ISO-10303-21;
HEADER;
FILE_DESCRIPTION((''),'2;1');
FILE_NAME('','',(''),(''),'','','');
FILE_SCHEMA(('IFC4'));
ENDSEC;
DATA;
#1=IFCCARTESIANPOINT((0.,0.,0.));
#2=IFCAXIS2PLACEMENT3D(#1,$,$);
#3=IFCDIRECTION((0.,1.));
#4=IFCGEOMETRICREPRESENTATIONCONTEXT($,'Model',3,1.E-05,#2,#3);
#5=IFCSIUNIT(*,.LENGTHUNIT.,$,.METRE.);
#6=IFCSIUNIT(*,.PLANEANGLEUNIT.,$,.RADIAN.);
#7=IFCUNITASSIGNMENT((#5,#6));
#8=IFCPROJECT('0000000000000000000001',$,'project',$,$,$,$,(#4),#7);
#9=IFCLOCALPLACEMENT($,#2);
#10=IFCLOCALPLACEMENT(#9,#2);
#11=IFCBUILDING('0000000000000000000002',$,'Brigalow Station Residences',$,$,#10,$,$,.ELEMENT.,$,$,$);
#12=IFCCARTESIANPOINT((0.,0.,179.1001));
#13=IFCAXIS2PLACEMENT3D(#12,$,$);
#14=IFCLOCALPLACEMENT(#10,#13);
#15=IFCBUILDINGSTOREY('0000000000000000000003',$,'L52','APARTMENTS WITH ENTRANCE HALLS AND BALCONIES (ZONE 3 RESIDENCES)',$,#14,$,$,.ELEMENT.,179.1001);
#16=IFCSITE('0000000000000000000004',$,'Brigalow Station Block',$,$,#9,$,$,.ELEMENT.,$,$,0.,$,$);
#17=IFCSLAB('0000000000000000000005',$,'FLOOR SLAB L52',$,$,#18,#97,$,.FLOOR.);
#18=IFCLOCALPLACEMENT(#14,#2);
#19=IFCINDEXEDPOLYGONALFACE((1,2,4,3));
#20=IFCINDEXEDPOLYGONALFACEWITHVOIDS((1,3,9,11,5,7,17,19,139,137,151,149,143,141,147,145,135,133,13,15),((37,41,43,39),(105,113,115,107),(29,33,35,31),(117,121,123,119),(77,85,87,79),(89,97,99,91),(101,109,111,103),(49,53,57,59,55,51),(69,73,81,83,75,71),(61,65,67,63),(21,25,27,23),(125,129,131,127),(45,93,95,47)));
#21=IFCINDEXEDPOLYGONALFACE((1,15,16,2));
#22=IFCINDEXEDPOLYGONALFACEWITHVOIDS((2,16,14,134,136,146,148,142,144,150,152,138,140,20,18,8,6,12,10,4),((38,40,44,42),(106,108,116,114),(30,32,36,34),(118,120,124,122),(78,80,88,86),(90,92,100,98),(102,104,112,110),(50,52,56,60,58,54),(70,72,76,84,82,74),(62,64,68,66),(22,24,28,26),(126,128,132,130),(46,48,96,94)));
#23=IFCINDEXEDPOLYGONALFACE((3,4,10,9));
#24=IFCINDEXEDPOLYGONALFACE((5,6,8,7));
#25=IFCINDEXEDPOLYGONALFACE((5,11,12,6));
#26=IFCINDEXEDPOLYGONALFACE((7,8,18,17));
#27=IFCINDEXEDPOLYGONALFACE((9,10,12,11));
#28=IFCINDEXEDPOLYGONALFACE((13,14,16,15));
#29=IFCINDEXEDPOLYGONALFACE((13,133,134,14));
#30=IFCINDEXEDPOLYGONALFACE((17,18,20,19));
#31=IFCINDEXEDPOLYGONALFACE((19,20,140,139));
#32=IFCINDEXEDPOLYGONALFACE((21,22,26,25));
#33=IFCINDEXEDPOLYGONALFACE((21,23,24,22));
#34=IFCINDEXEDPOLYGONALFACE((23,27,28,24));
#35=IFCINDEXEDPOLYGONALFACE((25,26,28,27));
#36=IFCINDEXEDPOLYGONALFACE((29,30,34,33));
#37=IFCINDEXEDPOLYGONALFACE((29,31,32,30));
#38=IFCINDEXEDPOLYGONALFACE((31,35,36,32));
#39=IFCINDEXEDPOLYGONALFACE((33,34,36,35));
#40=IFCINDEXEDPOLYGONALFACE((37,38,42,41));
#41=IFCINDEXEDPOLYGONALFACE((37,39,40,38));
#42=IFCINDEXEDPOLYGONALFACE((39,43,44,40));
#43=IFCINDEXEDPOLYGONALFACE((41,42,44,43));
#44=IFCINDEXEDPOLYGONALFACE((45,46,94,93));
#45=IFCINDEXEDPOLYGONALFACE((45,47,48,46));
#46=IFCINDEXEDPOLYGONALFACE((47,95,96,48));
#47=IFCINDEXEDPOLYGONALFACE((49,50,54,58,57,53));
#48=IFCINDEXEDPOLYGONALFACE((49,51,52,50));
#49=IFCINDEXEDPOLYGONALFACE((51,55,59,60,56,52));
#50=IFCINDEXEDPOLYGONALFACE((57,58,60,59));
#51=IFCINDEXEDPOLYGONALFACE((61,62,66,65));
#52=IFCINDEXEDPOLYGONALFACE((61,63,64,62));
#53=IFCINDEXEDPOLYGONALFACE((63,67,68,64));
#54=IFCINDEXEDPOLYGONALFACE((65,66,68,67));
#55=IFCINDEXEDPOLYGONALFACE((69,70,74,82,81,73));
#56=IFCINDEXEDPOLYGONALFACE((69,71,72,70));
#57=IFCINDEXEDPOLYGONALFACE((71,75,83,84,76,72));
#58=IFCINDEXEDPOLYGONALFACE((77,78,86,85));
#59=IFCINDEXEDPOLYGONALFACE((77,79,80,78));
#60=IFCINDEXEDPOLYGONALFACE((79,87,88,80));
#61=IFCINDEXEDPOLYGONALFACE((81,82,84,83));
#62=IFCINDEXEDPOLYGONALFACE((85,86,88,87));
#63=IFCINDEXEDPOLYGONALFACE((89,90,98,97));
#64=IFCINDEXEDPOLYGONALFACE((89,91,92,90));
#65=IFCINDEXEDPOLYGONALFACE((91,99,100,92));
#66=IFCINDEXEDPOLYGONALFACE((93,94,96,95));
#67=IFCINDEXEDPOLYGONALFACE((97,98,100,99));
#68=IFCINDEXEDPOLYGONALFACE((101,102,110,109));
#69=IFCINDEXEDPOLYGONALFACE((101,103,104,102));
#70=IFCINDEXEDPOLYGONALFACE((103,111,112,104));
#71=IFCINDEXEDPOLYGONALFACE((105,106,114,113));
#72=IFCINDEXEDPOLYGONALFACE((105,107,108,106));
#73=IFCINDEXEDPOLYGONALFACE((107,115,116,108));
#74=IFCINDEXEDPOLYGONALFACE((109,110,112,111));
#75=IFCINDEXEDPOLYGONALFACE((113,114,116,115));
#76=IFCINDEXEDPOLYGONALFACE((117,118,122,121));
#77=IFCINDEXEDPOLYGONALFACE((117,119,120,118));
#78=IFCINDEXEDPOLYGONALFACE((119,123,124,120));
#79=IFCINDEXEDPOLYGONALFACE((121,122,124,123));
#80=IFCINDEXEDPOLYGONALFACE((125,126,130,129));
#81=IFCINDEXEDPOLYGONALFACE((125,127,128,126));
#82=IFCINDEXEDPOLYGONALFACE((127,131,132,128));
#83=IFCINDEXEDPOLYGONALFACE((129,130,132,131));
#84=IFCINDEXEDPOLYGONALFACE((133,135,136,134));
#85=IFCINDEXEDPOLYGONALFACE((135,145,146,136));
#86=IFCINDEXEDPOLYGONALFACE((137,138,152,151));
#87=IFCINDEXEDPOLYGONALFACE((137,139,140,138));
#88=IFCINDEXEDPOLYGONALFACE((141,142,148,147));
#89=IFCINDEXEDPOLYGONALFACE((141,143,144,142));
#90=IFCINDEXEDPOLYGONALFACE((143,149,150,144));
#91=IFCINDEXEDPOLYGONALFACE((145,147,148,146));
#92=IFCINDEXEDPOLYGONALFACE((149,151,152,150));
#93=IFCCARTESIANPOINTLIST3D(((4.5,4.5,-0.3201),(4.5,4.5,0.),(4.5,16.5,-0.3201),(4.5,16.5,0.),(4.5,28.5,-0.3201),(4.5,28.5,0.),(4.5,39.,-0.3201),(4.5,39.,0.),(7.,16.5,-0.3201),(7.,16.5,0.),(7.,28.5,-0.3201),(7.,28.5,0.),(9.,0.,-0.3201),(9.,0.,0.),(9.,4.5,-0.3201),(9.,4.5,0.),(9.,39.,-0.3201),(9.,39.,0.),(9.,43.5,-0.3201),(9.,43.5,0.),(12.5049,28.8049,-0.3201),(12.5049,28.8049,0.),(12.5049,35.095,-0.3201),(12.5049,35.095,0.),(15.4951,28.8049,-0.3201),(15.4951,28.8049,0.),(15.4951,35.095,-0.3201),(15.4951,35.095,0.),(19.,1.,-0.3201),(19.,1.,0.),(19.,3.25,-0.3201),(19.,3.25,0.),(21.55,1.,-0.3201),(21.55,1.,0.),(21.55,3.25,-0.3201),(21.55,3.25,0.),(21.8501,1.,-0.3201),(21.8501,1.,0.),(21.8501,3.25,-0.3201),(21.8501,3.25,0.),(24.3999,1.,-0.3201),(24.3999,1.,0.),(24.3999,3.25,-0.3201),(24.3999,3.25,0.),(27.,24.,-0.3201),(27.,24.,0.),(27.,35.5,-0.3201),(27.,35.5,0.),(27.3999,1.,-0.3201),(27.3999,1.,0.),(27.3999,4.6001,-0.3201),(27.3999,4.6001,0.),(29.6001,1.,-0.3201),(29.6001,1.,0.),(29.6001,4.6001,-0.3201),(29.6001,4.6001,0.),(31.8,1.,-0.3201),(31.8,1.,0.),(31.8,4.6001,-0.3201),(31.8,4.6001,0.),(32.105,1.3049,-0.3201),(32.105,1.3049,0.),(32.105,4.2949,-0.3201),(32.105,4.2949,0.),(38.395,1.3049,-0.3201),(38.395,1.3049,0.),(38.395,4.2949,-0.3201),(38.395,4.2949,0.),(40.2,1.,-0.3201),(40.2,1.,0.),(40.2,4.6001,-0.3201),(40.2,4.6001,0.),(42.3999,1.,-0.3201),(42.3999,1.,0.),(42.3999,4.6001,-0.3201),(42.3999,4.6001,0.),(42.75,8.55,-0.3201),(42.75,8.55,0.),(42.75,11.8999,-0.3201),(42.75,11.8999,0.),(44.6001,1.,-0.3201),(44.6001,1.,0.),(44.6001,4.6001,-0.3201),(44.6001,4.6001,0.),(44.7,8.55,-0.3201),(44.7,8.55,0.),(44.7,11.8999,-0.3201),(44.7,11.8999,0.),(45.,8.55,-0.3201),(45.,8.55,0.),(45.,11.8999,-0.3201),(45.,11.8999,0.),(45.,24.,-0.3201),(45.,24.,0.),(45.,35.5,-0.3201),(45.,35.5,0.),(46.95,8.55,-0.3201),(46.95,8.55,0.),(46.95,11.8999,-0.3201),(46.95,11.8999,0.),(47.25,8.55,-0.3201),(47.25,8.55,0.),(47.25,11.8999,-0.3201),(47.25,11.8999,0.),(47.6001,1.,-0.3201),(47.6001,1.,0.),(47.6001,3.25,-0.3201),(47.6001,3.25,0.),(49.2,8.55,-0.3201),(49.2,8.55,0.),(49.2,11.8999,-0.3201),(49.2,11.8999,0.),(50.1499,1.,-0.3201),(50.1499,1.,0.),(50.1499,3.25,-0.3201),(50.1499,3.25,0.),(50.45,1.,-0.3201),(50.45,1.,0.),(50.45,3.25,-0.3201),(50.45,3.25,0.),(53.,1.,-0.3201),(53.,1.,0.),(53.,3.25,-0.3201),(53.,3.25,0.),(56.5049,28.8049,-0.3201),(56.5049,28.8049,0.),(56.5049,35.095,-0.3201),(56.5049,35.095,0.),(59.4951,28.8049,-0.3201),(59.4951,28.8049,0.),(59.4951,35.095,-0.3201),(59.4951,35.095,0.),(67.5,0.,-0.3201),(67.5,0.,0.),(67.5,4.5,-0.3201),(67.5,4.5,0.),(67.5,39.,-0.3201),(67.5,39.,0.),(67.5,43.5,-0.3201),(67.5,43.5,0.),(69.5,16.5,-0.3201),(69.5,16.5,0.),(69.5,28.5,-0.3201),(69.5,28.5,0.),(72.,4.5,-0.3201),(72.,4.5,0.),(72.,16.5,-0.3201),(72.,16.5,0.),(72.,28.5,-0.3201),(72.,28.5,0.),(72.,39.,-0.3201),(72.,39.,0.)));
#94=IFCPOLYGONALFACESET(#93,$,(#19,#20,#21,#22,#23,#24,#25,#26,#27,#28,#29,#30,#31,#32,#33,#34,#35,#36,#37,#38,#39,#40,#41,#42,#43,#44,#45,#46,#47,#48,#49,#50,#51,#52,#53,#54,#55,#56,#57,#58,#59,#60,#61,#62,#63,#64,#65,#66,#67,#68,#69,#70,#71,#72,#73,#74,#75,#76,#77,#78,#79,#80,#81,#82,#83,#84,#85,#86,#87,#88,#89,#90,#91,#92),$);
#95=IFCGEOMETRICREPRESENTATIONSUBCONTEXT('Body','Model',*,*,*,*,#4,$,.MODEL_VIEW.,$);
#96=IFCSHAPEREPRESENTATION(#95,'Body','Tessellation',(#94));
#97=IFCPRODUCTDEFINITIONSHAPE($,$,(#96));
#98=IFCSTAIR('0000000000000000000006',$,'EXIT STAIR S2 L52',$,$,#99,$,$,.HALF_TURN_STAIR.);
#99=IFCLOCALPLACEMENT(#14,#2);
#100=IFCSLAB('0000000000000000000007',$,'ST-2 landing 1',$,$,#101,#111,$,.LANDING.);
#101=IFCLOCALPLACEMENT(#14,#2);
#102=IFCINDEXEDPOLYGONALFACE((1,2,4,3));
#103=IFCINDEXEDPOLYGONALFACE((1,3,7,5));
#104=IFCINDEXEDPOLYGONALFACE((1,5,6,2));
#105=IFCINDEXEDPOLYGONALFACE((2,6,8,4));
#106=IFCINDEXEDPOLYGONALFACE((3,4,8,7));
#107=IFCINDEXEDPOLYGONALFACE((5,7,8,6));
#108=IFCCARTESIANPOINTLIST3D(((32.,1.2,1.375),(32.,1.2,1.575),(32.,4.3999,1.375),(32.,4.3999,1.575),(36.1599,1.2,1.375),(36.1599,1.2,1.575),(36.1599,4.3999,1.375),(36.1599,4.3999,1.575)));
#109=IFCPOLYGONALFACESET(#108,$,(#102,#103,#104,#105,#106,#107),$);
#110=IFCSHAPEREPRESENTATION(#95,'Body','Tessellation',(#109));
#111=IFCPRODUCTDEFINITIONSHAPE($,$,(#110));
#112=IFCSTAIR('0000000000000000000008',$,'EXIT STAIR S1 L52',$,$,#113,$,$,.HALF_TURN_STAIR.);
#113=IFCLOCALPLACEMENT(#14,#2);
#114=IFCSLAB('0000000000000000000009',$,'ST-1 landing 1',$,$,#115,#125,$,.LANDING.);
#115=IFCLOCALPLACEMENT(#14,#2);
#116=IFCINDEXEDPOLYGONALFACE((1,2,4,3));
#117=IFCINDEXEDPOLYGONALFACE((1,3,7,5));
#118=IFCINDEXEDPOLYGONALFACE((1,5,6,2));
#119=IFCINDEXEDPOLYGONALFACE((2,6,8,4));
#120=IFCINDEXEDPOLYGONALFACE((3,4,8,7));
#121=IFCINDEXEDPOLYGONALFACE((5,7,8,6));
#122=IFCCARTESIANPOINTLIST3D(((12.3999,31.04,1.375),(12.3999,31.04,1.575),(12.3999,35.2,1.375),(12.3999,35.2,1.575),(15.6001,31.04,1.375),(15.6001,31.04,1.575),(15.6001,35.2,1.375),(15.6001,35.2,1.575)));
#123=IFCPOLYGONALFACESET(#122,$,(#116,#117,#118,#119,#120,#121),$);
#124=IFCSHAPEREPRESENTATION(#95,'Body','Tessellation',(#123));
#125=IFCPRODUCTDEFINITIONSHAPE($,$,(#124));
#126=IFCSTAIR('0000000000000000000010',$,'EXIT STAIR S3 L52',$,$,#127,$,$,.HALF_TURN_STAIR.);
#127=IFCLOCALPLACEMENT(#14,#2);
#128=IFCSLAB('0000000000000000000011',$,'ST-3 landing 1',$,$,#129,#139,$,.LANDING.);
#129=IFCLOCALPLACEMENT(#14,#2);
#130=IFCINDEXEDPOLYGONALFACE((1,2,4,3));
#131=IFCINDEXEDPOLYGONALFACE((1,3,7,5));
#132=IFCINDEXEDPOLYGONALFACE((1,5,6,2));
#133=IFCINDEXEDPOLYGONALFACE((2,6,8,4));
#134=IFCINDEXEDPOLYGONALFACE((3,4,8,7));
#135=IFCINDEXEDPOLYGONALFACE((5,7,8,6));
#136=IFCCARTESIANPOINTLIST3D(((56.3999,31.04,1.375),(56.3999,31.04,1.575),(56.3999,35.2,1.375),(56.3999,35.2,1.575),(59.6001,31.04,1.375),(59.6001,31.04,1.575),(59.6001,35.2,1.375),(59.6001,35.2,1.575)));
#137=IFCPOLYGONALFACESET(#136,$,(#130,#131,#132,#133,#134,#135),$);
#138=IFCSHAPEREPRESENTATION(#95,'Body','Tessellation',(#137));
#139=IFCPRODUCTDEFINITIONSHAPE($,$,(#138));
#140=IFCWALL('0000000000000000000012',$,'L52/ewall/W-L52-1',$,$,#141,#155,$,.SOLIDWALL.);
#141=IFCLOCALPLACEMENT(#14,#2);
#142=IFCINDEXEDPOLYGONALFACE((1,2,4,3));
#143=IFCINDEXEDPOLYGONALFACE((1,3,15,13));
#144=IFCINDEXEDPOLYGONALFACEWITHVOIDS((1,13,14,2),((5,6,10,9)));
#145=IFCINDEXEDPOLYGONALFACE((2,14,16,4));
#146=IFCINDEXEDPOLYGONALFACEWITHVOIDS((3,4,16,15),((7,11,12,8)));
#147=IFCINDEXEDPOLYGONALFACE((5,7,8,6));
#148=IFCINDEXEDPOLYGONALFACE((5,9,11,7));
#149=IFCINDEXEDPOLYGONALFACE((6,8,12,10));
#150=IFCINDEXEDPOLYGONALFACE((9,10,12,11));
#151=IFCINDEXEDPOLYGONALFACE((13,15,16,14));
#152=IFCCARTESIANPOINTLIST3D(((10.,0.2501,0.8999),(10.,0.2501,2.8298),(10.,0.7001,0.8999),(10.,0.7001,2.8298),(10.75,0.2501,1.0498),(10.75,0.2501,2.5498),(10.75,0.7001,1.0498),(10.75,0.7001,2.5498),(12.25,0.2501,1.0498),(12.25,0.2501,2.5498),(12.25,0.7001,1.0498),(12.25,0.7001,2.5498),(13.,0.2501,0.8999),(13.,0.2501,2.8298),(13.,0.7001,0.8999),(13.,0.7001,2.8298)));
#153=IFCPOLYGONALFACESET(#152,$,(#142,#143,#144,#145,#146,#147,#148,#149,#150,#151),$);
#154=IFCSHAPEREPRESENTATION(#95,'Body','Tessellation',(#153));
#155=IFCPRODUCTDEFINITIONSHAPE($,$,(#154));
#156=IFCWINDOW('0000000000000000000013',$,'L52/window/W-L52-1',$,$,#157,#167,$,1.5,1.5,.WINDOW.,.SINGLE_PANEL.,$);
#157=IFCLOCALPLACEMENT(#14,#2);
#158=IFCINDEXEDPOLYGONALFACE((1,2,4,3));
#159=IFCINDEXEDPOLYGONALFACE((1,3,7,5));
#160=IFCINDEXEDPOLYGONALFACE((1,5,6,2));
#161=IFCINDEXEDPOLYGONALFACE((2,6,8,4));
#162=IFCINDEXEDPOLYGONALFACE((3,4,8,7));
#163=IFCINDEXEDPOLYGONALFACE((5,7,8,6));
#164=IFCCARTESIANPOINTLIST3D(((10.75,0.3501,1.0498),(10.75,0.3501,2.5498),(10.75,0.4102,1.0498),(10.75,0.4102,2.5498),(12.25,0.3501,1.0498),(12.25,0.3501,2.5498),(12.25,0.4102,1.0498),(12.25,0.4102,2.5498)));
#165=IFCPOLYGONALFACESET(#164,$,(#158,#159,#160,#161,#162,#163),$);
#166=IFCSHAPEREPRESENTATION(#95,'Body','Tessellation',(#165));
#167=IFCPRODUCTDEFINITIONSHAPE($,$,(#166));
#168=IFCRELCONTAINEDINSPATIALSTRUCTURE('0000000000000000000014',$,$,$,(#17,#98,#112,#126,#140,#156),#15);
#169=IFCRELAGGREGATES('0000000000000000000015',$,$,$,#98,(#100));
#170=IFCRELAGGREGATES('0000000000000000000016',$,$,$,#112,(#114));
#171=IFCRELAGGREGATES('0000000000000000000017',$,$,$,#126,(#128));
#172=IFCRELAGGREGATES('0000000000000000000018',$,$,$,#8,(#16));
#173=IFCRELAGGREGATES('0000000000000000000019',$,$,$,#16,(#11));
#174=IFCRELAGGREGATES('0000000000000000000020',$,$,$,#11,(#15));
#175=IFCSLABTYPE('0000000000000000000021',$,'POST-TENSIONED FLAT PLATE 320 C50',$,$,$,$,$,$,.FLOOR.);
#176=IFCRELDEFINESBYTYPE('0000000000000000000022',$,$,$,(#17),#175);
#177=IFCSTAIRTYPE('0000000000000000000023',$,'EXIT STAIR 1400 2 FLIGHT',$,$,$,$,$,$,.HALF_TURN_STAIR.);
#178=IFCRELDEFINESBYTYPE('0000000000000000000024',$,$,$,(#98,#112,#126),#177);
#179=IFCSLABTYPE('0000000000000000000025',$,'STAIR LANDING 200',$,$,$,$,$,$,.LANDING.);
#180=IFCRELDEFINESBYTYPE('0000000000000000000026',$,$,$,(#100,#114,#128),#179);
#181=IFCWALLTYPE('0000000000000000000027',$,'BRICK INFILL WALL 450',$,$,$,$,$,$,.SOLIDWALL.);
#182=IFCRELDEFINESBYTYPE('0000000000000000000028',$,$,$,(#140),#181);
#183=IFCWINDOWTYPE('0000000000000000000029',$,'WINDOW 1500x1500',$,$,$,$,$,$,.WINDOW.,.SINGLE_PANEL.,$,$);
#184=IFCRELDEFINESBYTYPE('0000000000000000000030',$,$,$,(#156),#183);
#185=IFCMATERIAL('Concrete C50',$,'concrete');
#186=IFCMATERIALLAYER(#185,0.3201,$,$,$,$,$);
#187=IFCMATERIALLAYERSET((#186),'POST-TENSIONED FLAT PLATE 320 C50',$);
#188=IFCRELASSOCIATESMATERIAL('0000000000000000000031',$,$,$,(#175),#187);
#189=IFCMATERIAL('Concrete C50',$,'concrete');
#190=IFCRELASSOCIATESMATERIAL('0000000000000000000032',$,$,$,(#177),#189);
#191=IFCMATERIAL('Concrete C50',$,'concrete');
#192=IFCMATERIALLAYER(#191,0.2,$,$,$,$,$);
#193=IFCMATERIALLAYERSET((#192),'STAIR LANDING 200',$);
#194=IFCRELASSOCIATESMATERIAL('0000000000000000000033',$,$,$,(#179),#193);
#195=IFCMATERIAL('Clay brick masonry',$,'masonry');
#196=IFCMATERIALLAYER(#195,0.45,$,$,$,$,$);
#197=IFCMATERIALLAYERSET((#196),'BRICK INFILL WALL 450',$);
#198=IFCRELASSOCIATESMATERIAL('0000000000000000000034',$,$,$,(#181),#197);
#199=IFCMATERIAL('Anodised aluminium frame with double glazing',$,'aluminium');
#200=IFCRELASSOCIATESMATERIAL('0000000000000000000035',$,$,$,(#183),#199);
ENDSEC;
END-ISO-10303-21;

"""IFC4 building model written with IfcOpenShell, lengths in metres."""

from ifc_helpers import new_model, si_unit, direction, frame, frame_2d, origin, place, context, subcontext, project, spatial, polyline, rectangle, outline, extrude, material, layer, layer_set, type_object, element, fill, aggregate, save


model = new_model("IFC4")

# Units and contexts
model_context = context("Model", 3, precision=1e-05, world=origin(), true_north=direction((0.0, 1.0)))
body_context = subcontext(model_context, "Body", "Model", "MODEL_VIEW")
ifc_project = project(units=[si_unit("LENGTHUNIT", "METRE"), si_unit("PLANEANGLEUNIT", "RADIAN")], contexts=[model_context])

# Site, building, storey
site_placement = place(None, origin())
site = spatial("IfcSite", under=ifc_project, at=site_placement, Name="Brigalow Station Block", CompositionType="ELEMENT", RefElevation=0.0)
building_placement = place(site_placement, origin())
building = spatial("IfcBuilding", under=site, at=building_placement, Name="Brigalow Station Residences", CompositionType="ELEMENT")
storey_placement = place(building_placement, frame((0.0, 0.0, 179.1001)))
storey = spatial("IfcBuildingStorey", under=building, at=storey_placement, Name="L52", Description="APARTMENTS WITH ENTRANCE HALLS AND BALCONIES (ZONE 3 RESIDENCES)", CompositionType="ELEMENT", Elevation=179.1001)

# Slab
ifc_material_1 = material(Name="Concrete C50", Category="concrete")
ifc_layer_1 = layer(ifc_material_1, 0.3201)
ifc_layer_set_1 = layer_set([ifc_layer_1], Name="POST-TENSIONED FLAT PLATE 320 C50")
slab_type_1 = type_object("IfcSlabType", Name="POST-TENSIONED FLAT PLATE 320 C50", PredefinedType="FLOOR", material=ifc_layer_set_1)
slab_1_placement = place(storey_placement, frame((0.0, 0.0, -0.3201)))
element("IfcSlab", 1, at=slab_1_placement, inside=storey, type_object=slab_type_1, Name="FLOOR SLAB L52", PredefinedType="FLOOR", context=body_context, shape_type="SweptSolid", body=[
    extrude(outline(polyline([(9.0, 0.0), (67.5, 0.0), (67.5, 4.5), (72.0, 4.5), (72.0, 16.5), (69.5, 16.5), (69.5, 28.5), (72.0, 28.5), (72.0, 39.0), (67.5, 39.0), (67.5, 43.5), (9.0, 43.5), (9.0, 39.0), (4.5, 39.0), (4.5, 28.5), (7.0, 28.5), (7.0, 16.5), (4.5, 16.5), (4.5, 4.5), (9.0, 4.5), (9.0, 0.0)]), holes=[polyline([(12.5049, 35.095), (15.4951, 35.095), (15.4951, 28.8049), (12.5049, 28.8049), (12.5049, 35.095)]), polyline([(19.0, 1.0), (19.0, 3.25), (21.55, 3.25), (21.55, 1.0), (19.0, 1.0)]), polyline([(21.8501, 3.25), (24.3999, 3.25), (24.3999, 1.0), (21.8501, 1.0), (21.8501, 3.25)]), polyline([(27.0, 35.5), (45.0, 35.5), (45.0, 24.0), (27.0, 24.0), (27.0, 35.5)]), polyline([(29.6001, 4.6001), (31.8, 4.6001), (31.8, 1.0), (29.6001, 1.0), (27.3999, 1.0), (27.3999, 4.6001), (29.6001, 4.6001)]), polyline([(32.105, 4.2949), (38.395, 4.2949), (38.395, 1.3049), (32.105, 1.3049), (32.105, 4.2949)]), polyline([(40.2, 4.6001), (42.3999, 4.6001), (44.6001, 4.6001), (44.6001, 1.0), (42.3999, 1.0), (40.2, 1.0), (40.2, 4.6001)]), polyline([(42.75, 11.8999), (44.7, 11.8999), (44.7, 8.55), (42.75, 8.55), (42.75, 11.8999)]), polyline([(45.0, 11.8999), (46.95, 11.8999), (46.95, 8.55), (45.0, 8.55), (45.0, 11.8999)]), polyline([(47.25, 11.8999), (49.2, 11.8999), (49.2, 8.55), (47.25, 8.55), (47.25, 11.8999)]), polyline([(47.6001, 3.25), (50.1499, 3.25), (50.1499, 1.0), (47.6001, 1.0), (47.6001, 3.25)]), polyline([(50.45, 3.25), (53.0, 3.25), (53.0, 1.0), (50.45, 1.0), (50.45, 3.25)]), polyline([(56.5049, 35.095), (59.4951, 35.095), (59.4951, 28.8049), (56.5049, 28.8049), (56.5049, 35.095)])]), origin(), (0.0, 0.0, 1.0), 0.3201),
])

# Stairs, slabs
ifc_material_2 = material(Name="Concrete C50", Category="concrete")
stair_type = type_object("IfcStairType", Name="EXIT STAIR 1400 2 FLIGHT", PredefinedType="HALF_TURN_STAIR", material=ifc_material_2)
stair_1_placement = place(storey_placement, origin())
stair_1 = element("IfcStair", 2, at=stair_1_placement, inside=storey, type_object=stair_type, Name="EXIT STAIR S2 L52", PredefinedType="HALF_TURN_STAIR")
ifc_material_3 = material(Name="Concrete C50", Category="concrete")
ifc_layer_2 = layer(ifc_material_3, 0.2)
ifc_layer_set_2 = layer_set([ifc_layer_2], Name="STAIR LANDING 200")
slab_type_2 = type_object("IfcSlabType", Name="STAIR LANDING 200", PredefinedType="LANDING", material=ifc_layer_set_2)
slab_2_placement = place(storey_placement, frame((0.0, 0.0, 1.375)))
slab_2 = element("IfcSlab", 3, at=slab_2_placement, type_object=slab_type_2, Name="ST-2 landing 1", PredefinedType="LANDING", context=body_context, shape_type="SweptSolid", body=[
    extrude(outline(polyline([(32.0, 1.2), (36.1599, 1.2), (36.1599, 4.3999), (32.0, 4.3999), (32.0, 1.2)])), origin(), (0.0, 0.0, 1.0), 0.2),
])
aggregate(stair_1, [slab_2])
stair_2_placement = place(storey_placement, origin())
stair_2 = element("IfcStair", 4, at=stair_2_placement, inside=storey, type_object=stair_type, Name="EXIT STAIR S1 L52", PredefinedType="HALF_TURN_STAIR")
slab_3_placement = place(storey_placement, frame((0.0, 0.0, 1.375)))
slab_3 = element("IfcSlab", 5, at=slab_3_placement, type_object=slab_type_2, Name="ST-1 landing 1", PredefinedType="LANDING", context=body_context, shape_type="SweptSolid", body=[
    extrude(outline(polyline([(12.3999, 31.04), (15.6001, 31.04), (15.6001, 35.2), (12.3999, 35.2), (12.3999, 31.04)])), origin(), (0.0, 0.0, 1.0), 0.2),
])
aggregate(stair_2, [slab_3])
stair_3_placement = place(storey_placement, origin())
stair_3 = element("IfcStair", 6, at=stair_3_placement, inside=storey, type_object=stair_type, Name="EXIT STAIR S3 L52", PredefinedType="HALF_TURN_STAIR")
slab_4_placement = place(storey_placement, frame((0.0, 0.0, 1.375)))
slab_4 = element("IfcSlab", 7, at=slab_4_placement, type_object=slab_type_2, Name="ST-3 landing 1", PredefinedType="LANDING", context=body_context, shape_type="SweptSolid", body=[
    extrude(outline(polyline([(56.3999, 31.04), (59.6001, 31.04), (59.6001, 35.2), (56.3999, 35.2), (56.3999, 31.04)])), origin(), (0.0, 0.0, 1.0), 0.2),
])
aggregate(stair_3, [slab_4])

# Wall, opening, window
ifc_material_4 = material(Name="Clay brick masonry", Category="masonry")
ifc_layer_3 = layer(ifc_material_4, 0.45)
ifc_layer_set_3 = layer_set([ifc_layer_3], Name="BRICK INFILL WALL 450")
wall_type_1 = type_object("IfcWallType", Name="BRICK INFILL WALL 450", PredefinedType="SOLIDWALL", material=ifc_layer_set_3)
wall_1_placement = place(storey_placement, frame((10.0, 0.4751, 0.8999), z_axis=(0.0, 0.0, 1.0), x_axis=(1.0, 0.0, 0.0)))
wall_1 = element("IfcWall", 8, at=wall_1_placement, inside=storey, type_object=wall_type_1, Name="L52/ewall/W-L52-1", PredefinedType="SOLIDWALL", context=body_context, shape_type="SweptSolid", body=[
    extrude(rectangle(XDim=3.0, YDim=0.45, at=frame_2d((1.5, 0.0))), origin(), (0.0, 0.0, 1.0), 1.9299),
])
opening_1_placement = place(wall_1_placement, frame((0.75, 0.0, 0.1499)))
opening_1 = element("IfcOpeningElement", 9, at=opening_1_placement, cuts=wall_1, PredefinedType="OPENING", context=body_context, shape_type="SweptSolid", body=[
    extrude(rectangle(XDim=1.5, YDim=1.5, at=frame_2d((0.75, 0.75))), frame((0.0, 0.2349, 0.0), z_axis=(0.0, -1.0, 0.0), x_axis=(1.0, 0.0, 0.0)), (0.0, 0.0, 1.0), 0.47),
])
ifc_material_5 = material(Name="Anodised aluminium frame with double glazing", Category="aluminium")
window_type_1 = type_object("IfcWindowType", Name="WINDOW 1500x1500", PartitioningType="SINGLE_PANEL", PredefinedType="WINDOW", material=ifc_material_5)
window_1_placement = place(opening_1_placement, origin())
window_1 = element("IfcWindow", 10, at=window_1_placement, inside=storey, type_object=window_type_1, Name="L52/window/W-L52-1", OverallHeight=1.5, OverallWidth=1.5, PartitioningType="SINGLE_PANEL", PredefinedType="WINDOW", context=body_context, shape_type="SweptSolid", body=[
    extrude(rectangle(XDim=1.5, YDim=1.5, at=frame_2d((0.75, 0.75))), frame((0.0, -0.0649, 0.0), z_axis=(0.0, -1.0, 0.0), x_axis=(1.0, 0.0, 0.0)), (0.0, 0.0, 1.0), 0.0601),
])
fill(opening_1, window_1)

save(model, "model.ifc")
